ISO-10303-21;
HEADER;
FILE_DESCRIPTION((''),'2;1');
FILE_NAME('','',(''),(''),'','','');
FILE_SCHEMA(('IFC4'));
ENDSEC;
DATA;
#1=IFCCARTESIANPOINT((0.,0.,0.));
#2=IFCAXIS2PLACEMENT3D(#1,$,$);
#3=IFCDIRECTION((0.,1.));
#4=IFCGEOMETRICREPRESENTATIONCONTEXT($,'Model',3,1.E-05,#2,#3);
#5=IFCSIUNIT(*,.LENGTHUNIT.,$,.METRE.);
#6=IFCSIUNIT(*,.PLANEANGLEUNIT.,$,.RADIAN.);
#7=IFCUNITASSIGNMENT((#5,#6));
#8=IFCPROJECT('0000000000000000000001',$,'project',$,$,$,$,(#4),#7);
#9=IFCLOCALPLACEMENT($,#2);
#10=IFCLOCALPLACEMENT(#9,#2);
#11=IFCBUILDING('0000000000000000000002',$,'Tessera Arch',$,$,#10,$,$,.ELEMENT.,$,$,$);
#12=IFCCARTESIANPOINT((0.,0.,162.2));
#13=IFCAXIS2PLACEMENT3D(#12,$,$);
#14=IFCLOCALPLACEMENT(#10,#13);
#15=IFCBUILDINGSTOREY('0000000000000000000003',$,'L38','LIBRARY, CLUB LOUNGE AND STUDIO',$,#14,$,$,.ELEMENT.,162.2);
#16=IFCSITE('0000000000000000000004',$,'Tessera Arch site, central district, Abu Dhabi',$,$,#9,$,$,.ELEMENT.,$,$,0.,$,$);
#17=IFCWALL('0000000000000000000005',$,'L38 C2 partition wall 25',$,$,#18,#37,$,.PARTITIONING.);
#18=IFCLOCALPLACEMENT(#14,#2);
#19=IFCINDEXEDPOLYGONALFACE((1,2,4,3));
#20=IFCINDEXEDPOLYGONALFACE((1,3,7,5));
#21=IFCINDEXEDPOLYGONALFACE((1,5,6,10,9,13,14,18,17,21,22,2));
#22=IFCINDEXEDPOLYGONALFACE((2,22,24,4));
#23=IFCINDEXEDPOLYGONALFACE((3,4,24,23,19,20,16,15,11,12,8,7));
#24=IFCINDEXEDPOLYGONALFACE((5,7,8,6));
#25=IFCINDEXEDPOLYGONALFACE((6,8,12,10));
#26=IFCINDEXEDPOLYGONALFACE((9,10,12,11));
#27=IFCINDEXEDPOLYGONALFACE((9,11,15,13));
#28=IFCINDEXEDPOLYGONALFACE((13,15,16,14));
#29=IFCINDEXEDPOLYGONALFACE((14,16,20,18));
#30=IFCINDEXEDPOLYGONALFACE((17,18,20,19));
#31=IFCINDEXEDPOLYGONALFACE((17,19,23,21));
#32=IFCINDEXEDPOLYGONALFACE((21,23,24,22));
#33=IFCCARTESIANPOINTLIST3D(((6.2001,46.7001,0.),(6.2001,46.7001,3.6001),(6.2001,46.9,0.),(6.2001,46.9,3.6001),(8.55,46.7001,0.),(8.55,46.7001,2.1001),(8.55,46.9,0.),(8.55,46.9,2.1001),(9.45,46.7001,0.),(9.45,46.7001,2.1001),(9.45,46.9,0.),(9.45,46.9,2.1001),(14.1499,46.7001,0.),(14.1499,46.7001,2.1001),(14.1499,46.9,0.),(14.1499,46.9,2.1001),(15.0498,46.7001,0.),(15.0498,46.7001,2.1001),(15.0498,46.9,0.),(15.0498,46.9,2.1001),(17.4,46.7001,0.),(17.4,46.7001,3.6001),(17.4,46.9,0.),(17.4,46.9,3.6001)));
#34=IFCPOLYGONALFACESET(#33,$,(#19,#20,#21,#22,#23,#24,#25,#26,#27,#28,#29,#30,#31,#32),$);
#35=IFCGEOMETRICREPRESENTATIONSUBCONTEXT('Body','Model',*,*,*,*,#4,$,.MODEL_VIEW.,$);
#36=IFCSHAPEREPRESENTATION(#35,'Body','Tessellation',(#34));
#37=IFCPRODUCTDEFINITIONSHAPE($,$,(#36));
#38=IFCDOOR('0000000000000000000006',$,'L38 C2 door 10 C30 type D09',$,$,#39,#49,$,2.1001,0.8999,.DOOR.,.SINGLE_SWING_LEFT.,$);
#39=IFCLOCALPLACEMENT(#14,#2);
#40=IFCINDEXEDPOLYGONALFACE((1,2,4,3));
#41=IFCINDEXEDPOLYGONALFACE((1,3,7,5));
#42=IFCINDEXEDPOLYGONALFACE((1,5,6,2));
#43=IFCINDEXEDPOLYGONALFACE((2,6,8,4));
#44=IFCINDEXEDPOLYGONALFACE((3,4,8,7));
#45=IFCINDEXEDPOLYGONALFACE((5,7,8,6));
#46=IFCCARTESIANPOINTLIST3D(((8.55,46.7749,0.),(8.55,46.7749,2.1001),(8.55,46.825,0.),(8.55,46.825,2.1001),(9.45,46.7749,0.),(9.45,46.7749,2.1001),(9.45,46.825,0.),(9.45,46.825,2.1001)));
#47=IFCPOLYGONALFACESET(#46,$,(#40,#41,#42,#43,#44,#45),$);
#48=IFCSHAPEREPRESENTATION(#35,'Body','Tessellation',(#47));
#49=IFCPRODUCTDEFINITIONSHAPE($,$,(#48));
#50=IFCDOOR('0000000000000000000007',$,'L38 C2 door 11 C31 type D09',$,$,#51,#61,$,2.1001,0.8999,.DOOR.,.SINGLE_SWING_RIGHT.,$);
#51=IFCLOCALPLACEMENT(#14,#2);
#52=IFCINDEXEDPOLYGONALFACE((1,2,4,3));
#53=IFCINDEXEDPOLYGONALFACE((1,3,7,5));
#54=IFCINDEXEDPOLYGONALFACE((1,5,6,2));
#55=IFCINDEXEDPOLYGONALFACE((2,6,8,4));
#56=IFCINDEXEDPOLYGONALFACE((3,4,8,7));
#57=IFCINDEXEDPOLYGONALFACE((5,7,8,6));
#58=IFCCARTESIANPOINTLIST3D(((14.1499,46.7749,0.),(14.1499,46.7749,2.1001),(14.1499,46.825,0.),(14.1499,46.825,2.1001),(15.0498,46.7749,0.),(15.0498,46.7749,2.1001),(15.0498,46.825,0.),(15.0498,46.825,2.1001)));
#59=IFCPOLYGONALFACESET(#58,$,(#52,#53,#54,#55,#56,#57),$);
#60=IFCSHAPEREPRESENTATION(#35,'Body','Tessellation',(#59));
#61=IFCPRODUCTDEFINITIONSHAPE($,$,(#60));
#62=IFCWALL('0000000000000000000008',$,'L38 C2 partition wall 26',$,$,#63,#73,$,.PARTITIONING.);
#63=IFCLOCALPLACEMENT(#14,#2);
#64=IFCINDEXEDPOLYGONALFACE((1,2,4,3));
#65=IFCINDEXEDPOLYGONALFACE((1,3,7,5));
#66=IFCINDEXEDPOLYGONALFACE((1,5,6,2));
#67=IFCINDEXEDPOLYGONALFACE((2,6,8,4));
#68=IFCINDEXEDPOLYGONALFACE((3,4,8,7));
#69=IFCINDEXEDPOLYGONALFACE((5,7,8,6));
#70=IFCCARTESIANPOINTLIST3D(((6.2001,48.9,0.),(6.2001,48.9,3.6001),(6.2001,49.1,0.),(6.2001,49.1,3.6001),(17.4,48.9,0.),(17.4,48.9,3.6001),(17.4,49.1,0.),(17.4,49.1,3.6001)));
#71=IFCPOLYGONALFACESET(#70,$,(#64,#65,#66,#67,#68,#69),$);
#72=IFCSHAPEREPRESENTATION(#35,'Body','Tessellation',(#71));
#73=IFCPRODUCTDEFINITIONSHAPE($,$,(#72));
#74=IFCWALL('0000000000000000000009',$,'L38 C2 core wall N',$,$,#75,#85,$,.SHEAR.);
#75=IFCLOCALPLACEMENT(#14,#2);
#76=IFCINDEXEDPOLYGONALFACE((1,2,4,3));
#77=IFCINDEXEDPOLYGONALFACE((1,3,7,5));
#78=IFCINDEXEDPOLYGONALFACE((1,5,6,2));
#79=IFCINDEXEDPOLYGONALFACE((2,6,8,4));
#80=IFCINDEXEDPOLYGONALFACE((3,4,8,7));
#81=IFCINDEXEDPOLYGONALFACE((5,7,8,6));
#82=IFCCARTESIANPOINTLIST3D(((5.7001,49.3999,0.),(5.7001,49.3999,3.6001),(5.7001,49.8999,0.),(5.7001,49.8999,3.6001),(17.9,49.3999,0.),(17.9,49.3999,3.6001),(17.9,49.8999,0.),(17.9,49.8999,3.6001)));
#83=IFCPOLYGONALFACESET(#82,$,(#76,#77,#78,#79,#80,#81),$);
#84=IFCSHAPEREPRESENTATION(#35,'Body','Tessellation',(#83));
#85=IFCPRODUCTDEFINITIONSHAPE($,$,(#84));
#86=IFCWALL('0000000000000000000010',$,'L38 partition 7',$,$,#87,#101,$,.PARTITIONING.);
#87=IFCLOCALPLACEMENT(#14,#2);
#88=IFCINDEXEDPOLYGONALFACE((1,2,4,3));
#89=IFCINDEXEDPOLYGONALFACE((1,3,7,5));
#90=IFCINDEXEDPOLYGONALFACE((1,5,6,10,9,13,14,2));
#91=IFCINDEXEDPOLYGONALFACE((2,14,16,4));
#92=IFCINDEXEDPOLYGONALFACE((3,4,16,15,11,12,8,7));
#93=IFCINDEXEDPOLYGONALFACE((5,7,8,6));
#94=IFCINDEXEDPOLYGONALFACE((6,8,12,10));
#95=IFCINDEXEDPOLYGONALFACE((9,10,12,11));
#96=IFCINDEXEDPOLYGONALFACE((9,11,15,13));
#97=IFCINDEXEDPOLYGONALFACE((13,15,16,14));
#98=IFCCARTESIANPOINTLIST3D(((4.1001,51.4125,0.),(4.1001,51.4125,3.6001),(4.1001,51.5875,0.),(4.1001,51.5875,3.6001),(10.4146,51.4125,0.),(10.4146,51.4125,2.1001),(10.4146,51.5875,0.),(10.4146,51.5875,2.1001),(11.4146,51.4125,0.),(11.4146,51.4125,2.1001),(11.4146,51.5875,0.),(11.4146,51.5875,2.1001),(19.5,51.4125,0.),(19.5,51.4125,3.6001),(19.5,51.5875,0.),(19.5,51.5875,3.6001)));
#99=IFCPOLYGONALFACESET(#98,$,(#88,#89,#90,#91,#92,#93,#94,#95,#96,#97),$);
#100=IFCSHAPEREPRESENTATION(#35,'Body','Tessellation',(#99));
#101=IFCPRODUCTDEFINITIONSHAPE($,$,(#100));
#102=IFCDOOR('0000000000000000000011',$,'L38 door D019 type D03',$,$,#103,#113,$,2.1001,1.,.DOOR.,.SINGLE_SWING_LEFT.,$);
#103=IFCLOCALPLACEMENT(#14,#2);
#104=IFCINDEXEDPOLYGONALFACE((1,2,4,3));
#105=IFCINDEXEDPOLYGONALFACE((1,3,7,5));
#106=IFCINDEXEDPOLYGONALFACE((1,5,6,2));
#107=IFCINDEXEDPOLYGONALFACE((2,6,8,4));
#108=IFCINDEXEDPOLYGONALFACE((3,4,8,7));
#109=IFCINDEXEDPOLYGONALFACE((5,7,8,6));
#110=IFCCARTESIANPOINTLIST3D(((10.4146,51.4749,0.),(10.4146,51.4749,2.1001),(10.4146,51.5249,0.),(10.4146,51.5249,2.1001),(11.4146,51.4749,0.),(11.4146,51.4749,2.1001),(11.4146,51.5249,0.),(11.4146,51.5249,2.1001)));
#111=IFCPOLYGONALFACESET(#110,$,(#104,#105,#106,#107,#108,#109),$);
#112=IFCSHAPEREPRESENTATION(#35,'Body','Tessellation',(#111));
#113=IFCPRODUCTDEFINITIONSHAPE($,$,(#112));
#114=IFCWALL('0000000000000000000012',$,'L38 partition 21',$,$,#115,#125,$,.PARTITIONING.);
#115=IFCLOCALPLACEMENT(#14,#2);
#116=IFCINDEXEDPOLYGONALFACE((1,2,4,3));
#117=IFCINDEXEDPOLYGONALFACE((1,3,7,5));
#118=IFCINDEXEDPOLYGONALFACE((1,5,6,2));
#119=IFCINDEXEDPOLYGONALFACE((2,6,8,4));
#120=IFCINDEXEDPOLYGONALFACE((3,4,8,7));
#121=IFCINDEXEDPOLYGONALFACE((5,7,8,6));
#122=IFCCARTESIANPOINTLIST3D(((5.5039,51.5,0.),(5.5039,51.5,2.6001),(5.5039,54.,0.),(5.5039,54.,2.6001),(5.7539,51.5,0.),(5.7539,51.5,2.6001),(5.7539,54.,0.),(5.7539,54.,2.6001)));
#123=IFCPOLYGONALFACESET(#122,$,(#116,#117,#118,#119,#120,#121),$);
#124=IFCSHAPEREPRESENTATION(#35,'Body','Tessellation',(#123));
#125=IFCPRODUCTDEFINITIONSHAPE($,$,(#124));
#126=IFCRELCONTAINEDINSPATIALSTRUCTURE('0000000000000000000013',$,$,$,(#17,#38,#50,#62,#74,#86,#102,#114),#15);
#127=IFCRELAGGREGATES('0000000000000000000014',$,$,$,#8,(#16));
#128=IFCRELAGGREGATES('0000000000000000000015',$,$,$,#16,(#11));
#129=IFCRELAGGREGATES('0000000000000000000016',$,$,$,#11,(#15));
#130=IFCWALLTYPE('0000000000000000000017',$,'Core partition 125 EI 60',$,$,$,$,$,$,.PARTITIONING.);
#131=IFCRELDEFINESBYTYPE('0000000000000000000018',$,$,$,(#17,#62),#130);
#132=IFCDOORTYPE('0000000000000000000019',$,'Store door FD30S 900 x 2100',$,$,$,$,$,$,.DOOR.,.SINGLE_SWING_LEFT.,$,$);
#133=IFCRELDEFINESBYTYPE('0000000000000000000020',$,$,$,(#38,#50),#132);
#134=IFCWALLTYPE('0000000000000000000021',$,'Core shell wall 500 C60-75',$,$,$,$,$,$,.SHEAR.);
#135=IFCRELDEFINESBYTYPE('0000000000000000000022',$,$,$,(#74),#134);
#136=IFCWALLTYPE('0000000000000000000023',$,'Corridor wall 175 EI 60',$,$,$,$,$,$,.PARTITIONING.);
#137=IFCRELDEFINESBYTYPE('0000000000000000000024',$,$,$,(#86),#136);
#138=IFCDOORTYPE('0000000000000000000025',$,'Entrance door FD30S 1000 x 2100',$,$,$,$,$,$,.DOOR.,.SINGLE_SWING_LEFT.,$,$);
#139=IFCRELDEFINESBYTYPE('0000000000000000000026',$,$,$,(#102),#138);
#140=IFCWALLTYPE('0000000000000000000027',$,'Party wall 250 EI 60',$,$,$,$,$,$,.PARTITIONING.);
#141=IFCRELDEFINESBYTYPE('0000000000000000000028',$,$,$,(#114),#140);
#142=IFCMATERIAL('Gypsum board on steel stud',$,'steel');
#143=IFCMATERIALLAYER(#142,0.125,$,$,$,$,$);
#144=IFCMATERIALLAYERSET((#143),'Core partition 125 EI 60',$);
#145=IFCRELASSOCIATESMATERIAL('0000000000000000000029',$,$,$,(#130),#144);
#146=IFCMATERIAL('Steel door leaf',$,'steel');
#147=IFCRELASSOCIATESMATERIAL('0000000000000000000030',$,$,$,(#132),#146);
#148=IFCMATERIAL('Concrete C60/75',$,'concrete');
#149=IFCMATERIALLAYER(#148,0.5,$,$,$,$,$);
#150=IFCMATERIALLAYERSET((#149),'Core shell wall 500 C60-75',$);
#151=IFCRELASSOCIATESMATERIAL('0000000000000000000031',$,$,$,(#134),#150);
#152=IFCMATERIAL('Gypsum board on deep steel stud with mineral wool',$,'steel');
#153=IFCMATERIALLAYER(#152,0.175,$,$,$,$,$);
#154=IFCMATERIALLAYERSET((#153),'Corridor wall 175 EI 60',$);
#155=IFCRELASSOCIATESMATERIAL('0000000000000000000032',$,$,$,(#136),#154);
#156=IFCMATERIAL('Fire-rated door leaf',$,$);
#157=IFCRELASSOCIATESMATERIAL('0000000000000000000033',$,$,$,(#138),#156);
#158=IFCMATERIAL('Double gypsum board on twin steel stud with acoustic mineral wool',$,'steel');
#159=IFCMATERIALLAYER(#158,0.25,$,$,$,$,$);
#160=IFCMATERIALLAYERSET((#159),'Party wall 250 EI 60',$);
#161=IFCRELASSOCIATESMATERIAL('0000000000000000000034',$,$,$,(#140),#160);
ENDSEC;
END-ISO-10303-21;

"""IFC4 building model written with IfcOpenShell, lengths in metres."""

from ifc_helpers import new_model, si_unit, direction, frame, frame_2d, origin, place, context, subcontext, project, spatial, rectangle, extrude, material, layer, layer_set, type_object, element, fill, save


model = new_model("IFC4")

# Units and contexts
model_context = context("Model", 3, precision=1e-05, world=origin(), true_north=direction((0.0, 1.0)))
body_context = subcontext(model_context, "Body", "Model", "MODEL_VIEW")
ifc_project = project(units=[si_unit("LENGTHUNIT", "METRE"), si_unit("PLANEANGLEUNIT", "RADIAN")], contexts=[model_context])

# Site, building, storey
site_placement = place(None, origin())
site = spatial("IfcSite", under=ifc_project, at=site_placement, Name="Tessera Arch site, central district, Abu Dhabi", CompositionType="ELEMENT", RefElevation=0.0)
building_placement = place(site_placement, origin())
building = spatial("IfcBuilding", under=site, at=building_placement, Name="Tessera Arch", CompositionType="ELEMENT")
storey_placement = place(building_placement, frame((0.0, 0.0, 162.2)))
storey = spatial("IfcBuildingStorey", under=building, at=storey_placement, Name="L38", Description="LIBRARY, CLUB LOUNGE AND STUDIO", CompositionType="ELEMENT", Elevation=162.2)

# Wall, openings, doors
ifc_material_1 = material(Name="Gypsum board on steel stud", Category="steel")
ifc_layer_1 = layer(ifc_material_1, 0.125)
ifc_layer_set_1 = layer_set([ifc_layer_1], Name="Core partition 125 EI 60")
wall_type_1 = type_object("IfcWallType", Name="Core partition 125 EI 60", PredefinedType="PARTITIONING", material=ifc_layer_set_1)
wall_1_placement = place(storey_placement, frame((6.2, 46.8, 0.0), z_axis=(0.0, 0.0, 1.0), x_axis=(1.0, 0.0, 0.0)))
wall_1 = element("IfcWall", 1, at=wall_1_placement, inside=storey, type_object=wall_type_1, Name="L38 C2 partition wall 25", PredefinedType="PARTITIONING", context=body_context, shape_type="SweptSolid", body=[
    extrude(rectangle(XDim=11.2, YDim=0.2, at=frame_2d((5.6001, 0.0))), origin(), (0.0, 0.0, 1.0), 3.6001),
])
opening_1_placement = place(wall_1_placement, frame((2.3501, 0.0, 0.0)))
opening_1 = element("IfcOpeningElement", 2, at=opening_1_placement, cuts=wall_1, PredefinedType="OPENING", context=body_context, shape_type="SweptSolid", body=[
    extrude(rectangle(XDim=0.8999, YDim=2.1001, at=frame_2d((0.45, 1.05))), frame((0.0, 0.1099, 0.0), z_axis=(0.0, -1.0, 0.0), x_axis=(1.0, 0.0, 0.0)), (0.0, 0.0, 1.0), 0.22),
])
opening_2_placement = place(wall_1_placement, frame((7.95, 0.0, 0.0)))
opening_2 = element("IfcOpeningElement", 3, at=opening_2_placement, cuts=wall_1, PredefinedType="OPENING", context=body_context, shape_type="SweptSolid", body=[
    extrude(rectangle(XDim=0.8999, YDim=2.1001, at=frame_2d((0.45, 1.05))), frame((0.0, 0.1099, 0.0), z_axis=(0.0, -1.0, 0.0), x_axis=(1.0, 0.0, 0.0)), (0.0, 0.0, 1.0), 0.22),
])
ifc_material_2 = material(Name="Steel door leaf", Category="steel")
door_type_1 = type_object("IfcDoorType", Name="Store door FD30S 900 x 2100", OperationType="SINGLE_SWING_LEFT", PredefinedType="DOOR", material=ifc_material_2)
door_1_placement = place(opening_1_placement, origin())
door_1 = element("IfcDoor", 4, at=door_1_placement, inside=storey, type_object=door_type_1, Name="L38 C2 door 10 C30 type D09", OperationType="SINGLE_SWING_LEFT", OverallHeight=2.1001, OverallWidth=0.8999, PredefinedType="DOOR", context=body_context, shape_type="SweptSolid", body=[
    extrude(rectangle(XDim=0.8999, YDim=2.1001, at=frame_2d((0.45, 1.05))), frame((0.0, 0.0249, 0.0), z_axis=(0.0, -1.0, 0.0), x_axis=(1.0, 0.0, 0.0)), (0.0, 0.0, 1.0), 0.05),
])
fill(opening_1, door_1)
door_2_placement = place(opening_2_placement, origin())
door_2 = element("IfcDoor", 5, at=door_2_placement, inside=storey, type_object=door_type_1, Name="L38 C2 door 11 C31 type D09", OperationType="SINGLE_SWING_RIGHT", OverallHeight=2.1001, OverallWidth=0.8999, PredefinedType="DOOR", context=body_context, shape_type="SweptSolid", body=[
    extrude(rectangle(XDim=0.8999, YDim=2.1001, at=frame_2d((0.45, 1.05))), frame((0.0, 0.0249, 0.0), z_axis=(0.0, -1.0, 0.0), x_axis=(1.0, 0.0, 0.0)), (0.0, 0.0, 1.0), 0.05),
])
fill(opening_2, door_2)

# Walls
wall_2_placement = place(storey_placement, frame((6.2, 49.0, 0.0), z_axis=(0.0, 0.0, 1.0), x_axis=(1.0, 0.0, 0.0)))
element("IfcWall", 6, at=wall_2_placement, inside=storey, type_object=wall_type_1, Name="L38 C2 partition wall 26", PredefinedType="PARTITIONING", context=body_context, shape_type="SweptSolid", body=[
    extrude(rectangle(XDim=11.2, YDim=0.2, at=frame_2d((5.6001, 0.0))), origin(), (0.0, 0.0, 1.0), 3.6001),
])
ifc_material_3 = material(Name="Concrete C60/75", Category="concrete")
ifc_layer_2 = layer(ifc_material_3, 0.5)
ifc_layer_set_2 = layer_set([ifc_layer_2], Name="Core shell wall 500 C60-75")
wall_type_2 = type_object("IfcWallType", Name="Core shell wall 500 C60-75", PredefinedType="SHEAR", material=ifc_layer_set_2)
wall_3_placement = place(storey_placement, frame((5.7, 49.6499, 0.0), z_axis=(0.0, 0.0, 1.0), x_axis=(1.0, 0.0, 0.0)))
element("IfcWall", 7, at=wall_3_placement, inside=storey, type_object=wall_type_2, Name="L38 C2 core wall N", PredefinedType="SHEAR", context=body_context, shape_type="SweptSolid", body=[
    extrude(rectangle(XDim=12.2, YDim=0.5, at=frame_2d((6.1001, 0.0))), origin(), (0.0, 0.0, 1.0), 3.6001),
])

# Wall, opening, door
ifc_material_4 = material(Name="Gypsum board on deep steel stud with mineral wool", Category="steel")
ifc_layer_3 = layer(ifc_material_4, 0.175)
ifc_layer_set_3 = layer_set([ifc_layer_3], Name="Corridor wall 175 EI 60")
wall_type_3 = type_object("IfcWallType", Name="Corridor wall 175 EI 60", PredefinedType="PARTITIONING", material=ifc_layer_set_3)
wall_4_placement = place(storey_placement, frame((4.1001, 51.5, 0.0), z_axis=(0.0, 0.0, 1.0), x_axis=(1.0, 0.0, 0.0)))
wall_4 = element("IfcWall", 8, at=wall_4_placement, inside=storey, type_object=wall_type_3, Name="L38 partition 7", PredefinedType="PARTITIONING", context=body_context, shape_type="SweptSolid", body=[
    extrude(rectangle(XDim=15.3999, YDim=0.175, at=frame_2d((7.7, 0.0))), origin(), (0.0, 0.0, 1.0), 3.6001),
])
opening_3_placement = place(wall_4_placement, frame((6.3145, 0.0, 0.0)))
opening_3 = element("IfcOpeningElement", 9, at=opening_3_placement, cuts=wall_4, PredefinedType="OPENING", context=body_context, shape_type="SweptSolid", body=[
    extrude(rectangle(XDim=1.0, YDim=2.1001, at=frame_2d((0.5, 1.05))), frame((0.0, 0.0974, 0.0), z_axis=(0.0, -1.0, 0.0), x_axis=(1.0, 0.0, 0.0)), (0.0, 0.0, 1.0), 0.1951),
])
ifc_material_5 = material(Name="Fire-rated door leaf")
door_type_2 = type_object("IfcDoorType", Name="Entrance door FD30S 1000 x 2100", OperationType="SINGLE_SWING_LEFT", PredefinedType="DOOR", material=ifc_material_5)
door_3_placement = place(opening_3_placement, origin())
door_3 = element("IfcDoor", 10, at=door_3_placement, inside=storey, type_object=door_type_2, Name="L38 door D019 type D03", OperationType="SINGLE_SWING_LEFT", OverallHeight=2.1001, OverallWidth=1.0, PredefinedType="DOOR", context=body_context, shape_type="SweptSolid", body=[
    extrude(rectangle(XDim=1.0, YDim=2.1001, at=frame_2d((0.5, 1.05))), frame((0.0, 0.0249, 0.0), z_axis=(0.0, -1.0, 0.0), x_axis=(1.0, 0.0, 0.0)), (0.0, 0.0, 1.0), 0.05),
])
fill(opening_3, door_3)

# Wall
ifc_material_6 = material(Name="Double gypsum board on twin steel stud with acoustic mineral wool", Category="steel")
ifc_layer_4 = layer(ifc_material_6, 0.25)
ifc_layer_set_4 = layer_set([ifc_layer_4], Name="Party wall 250 EI 60")
wall_type_4 = type_object("IfcWallType", Name="Party wall 250 EI 60", PredefinedType="PARTITIONING", material=ifc_layer_set_4)
wall_5_placement = place(storey_placement, frame((5.6289, 51.5, 0.0), z_axis=(0.0, 0.0, 1.0), x_axis=(0.0, 1.0, 0.0)))
element("IfcWall", 11, at=wall_5_placement, inside=storey, type_object=wall_type_4, Name="L38 partition 21", PredefinedType="PARTITIONING", context=body_context, shape_type="SweptSolid", body=[
    extrude(rectangle(XDim=2.5, YDim=0.25, at=frame_2d((1.25, 0.0))), origin(), (0.0, 0.0, 1.0), 2.6001),
])

save(model, "model.ifc")
